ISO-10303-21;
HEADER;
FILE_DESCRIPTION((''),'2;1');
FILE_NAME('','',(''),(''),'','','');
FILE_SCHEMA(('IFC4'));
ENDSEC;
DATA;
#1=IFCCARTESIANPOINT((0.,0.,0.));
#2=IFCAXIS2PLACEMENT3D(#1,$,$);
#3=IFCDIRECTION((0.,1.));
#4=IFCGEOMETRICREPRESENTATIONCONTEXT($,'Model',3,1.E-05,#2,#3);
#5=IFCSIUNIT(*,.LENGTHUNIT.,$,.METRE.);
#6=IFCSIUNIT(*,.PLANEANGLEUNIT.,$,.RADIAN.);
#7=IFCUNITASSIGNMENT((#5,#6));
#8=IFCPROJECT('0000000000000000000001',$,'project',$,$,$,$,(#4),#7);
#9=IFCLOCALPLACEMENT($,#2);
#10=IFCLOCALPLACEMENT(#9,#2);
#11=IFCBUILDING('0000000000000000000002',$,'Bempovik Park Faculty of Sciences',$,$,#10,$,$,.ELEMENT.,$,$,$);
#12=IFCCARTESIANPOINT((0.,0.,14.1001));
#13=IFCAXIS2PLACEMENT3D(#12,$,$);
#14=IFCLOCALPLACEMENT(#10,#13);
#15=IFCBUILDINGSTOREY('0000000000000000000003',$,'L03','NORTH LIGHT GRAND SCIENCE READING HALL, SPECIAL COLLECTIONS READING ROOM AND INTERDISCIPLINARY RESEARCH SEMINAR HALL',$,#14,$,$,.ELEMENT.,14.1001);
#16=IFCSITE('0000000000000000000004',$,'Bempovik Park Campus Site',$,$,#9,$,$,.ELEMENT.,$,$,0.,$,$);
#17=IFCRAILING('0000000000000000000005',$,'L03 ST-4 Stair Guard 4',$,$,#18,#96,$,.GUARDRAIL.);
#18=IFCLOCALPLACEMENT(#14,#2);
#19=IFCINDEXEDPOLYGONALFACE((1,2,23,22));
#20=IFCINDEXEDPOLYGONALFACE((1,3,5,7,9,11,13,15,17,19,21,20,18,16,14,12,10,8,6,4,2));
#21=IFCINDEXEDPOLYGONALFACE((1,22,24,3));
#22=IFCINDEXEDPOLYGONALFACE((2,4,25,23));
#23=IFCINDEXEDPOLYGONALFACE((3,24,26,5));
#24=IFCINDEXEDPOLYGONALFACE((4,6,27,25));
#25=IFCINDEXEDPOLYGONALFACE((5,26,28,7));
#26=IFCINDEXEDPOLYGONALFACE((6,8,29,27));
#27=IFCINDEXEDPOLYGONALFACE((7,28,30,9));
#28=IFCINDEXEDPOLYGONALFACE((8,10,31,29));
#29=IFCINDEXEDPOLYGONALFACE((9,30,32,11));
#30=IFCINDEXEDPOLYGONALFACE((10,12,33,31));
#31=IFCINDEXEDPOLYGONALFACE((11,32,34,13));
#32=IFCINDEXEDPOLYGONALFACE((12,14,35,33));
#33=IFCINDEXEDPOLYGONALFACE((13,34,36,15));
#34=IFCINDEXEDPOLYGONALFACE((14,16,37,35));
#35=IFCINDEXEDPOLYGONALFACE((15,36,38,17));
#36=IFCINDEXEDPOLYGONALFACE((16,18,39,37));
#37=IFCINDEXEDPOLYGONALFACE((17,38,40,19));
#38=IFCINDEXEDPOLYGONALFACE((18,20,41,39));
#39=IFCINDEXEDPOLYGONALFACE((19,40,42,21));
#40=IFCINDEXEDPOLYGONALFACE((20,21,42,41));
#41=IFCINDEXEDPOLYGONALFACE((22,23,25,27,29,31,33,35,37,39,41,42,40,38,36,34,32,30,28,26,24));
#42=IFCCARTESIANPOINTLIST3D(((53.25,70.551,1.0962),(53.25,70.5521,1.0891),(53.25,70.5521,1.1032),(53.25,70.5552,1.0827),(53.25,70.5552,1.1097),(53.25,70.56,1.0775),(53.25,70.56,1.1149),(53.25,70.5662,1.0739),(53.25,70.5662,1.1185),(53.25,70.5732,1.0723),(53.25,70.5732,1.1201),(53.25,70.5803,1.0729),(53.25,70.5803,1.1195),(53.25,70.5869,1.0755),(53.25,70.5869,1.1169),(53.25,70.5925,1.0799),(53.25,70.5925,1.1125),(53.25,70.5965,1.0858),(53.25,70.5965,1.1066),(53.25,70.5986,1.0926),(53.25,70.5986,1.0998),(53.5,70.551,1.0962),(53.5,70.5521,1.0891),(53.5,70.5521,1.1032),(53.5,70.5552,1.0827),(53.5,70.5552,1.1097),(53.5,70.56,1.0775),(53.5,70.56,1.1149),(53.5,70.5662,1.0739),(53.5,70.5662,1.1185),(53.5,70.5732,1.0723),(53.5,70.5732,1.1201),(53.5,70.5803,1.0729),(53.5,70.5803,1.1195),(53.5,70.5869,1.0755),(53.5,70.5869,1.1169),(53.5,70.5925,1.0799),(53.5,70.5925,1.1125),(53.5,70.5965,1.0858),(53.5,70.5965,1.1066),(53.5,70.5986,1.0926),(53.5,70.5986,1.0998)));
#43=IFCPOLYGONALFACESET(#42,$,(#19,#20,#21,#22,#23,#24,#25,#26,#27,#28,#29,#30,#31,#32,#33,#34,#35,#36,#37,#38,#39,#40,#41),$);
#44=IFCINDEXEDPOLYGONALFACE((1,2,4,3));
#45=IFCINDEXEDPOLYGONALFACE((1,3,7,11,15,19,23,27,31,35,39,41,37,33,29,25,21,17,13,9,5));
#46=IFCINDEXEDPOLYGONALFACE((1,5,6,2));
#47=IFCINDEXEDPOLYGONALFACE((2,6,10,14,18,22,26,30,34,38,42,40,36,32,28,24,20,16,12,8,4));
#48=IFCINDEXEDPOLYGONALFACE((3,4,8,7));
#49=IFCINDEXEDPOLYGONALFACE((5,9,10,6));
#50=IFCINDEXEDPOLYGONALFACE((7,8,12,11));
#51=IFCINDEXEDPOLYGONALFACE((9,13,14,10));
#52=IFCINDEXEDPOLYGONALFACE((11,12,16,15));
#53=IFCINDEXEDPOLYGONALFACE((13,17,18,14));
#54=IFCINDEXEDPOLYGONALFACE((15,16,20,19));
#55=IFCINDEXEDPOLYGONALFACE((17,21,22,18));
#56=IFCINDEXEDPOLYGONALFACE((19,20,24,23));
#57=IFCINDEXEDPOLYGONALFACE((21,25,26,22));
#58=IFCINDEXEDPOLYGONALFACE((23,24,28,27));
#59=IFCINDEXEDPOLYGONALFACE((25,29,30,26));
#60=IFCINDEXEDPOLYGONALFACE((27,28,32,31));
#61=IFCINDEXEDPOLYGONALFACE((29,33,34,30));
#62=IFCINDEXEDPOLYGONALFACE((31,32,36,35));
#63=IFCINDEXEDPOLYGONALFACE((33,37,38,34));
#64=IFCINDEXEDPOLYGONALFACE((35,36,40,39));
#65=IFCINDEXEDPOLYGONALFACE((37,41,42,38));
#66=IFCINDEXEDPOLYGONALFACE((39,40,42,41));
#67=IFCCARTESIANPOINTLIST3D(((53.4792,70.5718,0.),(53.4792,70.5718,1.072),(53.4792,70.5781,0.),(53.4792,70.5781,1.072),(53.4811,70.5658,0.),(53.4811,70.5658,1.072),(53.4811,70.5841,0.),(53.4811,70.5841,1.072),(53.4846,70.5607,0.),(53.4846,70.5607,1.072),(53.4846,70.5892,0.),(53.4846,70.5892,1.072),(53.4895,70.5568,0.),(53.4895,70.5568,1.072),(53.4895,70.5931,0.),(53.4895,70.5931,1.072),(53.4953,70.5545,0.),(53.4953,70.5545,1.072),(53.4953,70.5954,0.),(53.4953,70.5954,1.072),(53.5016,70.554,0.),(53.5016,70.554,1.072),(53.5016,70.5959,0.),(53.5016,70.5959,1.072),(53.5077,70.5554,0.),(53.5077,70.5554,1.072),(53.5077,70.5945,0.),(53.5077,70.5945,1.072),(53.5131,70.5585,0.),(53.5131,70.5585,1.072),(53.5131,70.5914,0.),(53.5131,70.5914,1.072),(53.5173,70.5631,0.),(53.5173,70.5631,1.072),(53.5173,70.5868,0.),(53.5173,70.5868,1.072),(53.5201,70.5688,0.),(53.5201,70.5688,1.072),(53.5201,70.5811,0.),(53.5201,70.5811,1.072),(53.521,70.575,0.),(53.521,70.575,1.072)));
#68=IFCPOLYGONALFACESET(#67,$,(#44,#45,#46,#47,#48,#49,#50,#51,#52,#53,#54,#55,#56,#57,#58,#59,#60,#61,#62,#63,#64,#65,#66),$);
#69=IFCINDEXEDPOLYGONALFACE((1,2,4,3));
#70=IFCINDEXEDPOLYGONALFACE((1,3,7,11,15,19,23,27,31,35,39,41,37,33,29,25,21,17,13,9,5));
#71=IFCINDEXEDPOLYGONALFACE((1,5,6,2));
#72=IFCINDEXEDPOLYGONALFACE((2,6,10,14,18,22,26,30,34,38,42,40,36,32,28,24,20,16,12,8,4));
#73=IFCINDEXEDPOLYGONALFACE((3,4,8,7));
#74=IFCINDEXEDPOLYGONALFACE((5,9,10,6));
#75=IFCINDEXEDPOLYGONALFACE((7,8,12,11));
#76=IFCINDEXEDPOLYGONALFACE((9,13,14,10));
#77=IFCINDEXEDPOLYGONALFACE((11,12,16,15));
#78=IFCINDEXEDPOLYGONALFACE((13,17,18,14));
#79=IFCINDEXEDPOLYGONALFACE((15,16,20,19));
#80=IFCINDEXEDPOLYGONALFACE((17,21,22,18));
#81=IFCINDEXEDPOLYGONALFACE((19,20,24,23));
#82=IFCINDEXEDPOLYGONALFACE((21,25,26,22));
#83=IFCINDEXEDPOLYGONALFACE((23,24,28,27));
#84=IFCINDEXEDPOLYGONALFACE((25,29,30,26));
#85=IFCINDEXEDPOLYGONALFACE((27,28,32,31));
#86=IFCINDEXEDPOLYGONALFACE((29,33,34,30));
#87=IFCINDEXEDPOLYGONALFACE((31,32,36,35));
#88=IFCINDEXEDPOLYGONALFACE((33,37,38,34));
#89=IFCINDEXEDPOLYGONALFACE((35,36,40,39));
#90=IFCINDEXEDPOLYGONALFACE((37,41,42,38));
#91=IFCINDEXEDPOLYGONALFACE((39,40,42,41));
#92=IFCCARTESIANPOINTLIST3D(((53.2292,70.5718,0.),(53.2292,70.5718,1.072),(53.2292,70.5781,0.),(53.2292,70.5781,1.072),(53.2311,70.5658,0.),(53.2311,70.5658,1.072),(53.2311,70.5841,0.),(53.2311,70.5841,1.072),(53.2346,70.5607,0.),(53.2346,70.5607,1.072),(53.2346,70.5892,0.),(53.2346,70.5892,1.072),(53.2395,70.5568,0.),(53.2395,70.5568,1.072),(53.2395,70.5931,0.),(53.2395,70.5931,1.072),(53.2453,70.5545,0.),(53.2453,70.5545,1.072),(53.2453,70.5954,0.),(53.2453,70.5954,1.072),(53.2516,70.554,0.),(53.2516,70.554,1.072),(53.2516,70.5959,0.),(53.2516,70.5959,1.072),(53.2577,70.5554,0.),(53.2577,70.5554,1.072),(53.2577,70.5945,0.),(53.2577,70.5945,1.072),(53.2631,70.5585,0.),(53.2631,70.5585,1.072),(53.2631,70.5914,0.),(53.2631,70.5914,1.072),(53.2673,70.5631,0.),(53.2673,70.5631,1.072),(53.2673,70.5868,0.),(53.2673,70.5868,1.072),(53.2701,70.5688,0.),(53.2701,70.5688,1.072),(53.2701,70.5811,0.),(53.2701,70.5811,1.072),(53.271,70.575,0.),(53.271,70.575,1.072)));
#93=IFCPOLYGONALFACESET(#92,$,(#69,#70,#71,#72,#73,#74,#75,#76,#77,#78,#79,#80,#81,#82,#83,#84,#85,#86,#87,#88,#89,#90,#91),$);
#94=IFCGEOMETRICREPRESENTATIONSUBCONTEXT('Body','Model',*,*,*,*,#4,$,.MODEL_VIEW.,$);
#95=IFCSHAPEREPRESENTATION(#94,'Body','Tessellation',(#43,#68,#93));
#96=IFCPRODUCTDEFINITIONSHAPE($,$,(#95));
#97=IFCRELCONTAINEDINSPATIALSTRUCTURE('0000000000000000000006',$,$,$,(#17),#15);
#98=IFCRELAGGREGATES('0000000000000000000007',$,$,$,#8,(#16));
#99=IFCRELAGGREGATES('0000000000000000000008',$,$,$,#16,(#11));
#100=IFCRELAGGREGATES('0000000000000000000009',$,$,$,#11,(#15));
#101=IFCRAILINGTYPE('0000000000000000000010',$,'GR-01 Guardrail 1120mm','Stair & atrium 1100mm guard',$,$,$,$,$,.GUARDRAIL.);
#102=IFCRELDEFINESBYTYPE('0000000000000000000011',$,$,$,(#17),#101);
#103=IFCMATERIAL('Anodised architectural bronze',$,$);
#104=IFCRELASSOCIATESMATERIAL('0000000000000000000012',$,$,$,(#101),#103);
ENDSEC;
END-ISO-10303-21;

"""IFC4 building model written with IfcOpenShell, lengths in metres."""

from ifc_helpers import new_model, si_unit, direction, frame, origin, origin_2d, place, context, subcontext, project, spatial, circle, extrude, material, type_object, element, save


model = new_model("IFC4")

# Units and contexts
model_context = context("Model", 3, precision=1e-05, world=origin(), true_north=direction((0.0, 1.0)))
body_context = subcontext(model_context, "Body", "Model", "MODEL_VIEW")
ifc_project = project(units=[si_unit("LENGTHUNIT", "METRE"), si_unit("PLANEANGLEUNIT", "RADIAN")], contexts=[model_context])

# Site, building, storey
site_placement = place(None, origin())
site = spatial("IfcSite", under=ifc_project, at=site_placement, Name="Bempovik Park Campus Site", CompositionType="ELEMENT", RefElevation=0.0)
building_placement = place(site_placement, origin())
building = spatial("IfcBuilding", under=site, at=building_placement, Name="Bempovik Park Faculty of Sciences", CompositionType="ELEMENT")
storey_placement = place(building_placement, frame((0.0, 0.0, 14.1001)))
storey = spatial("IfcBuildingStorey", under=building, at=storey_placement, Name="L03", Description="NORTH LIGHT GRAND SCIENCE READING HALL, SPECIAL COLLECTIONS READING ROOM AND INTERDISCIPLINARY RESEARCH SEMINAR HALL", CompositionType="ELEMENT", Elevation=14.1001)

# Shared definitions
ifc_material_1 = material(Name="Anodised architectural bronze")

# Railing
railing_type_1 = type_object("IfcRailingType", Name="GR-01 Guardrail 1120mm", Description="Stair & atrium 1100mm guard", PredefinedType="GUARDRAIL", material=ifc_material_1)
railing_1_placement = place(storey_placement, frame((53.5, 70.575, 0.0)))
element("IfcRailing", 1, at=railing_1_placement, inside=storey, type_object=railing_type_1, Name="L03 ST-4 Stair Guard 4", PredefinedType="GUARDRAIL", context=body_context, shape_type="SweptSolid", body=[
    extrude(circle(Radius=0.0239, at=origin_2d()), frame((0.0, 0.0, 1.0962), z_axis=(-1.0, 0.0, 0.0), x_axis=(0.0, -1.0, 0.0)), (0.0, 0.0, 1.0), 0.25),
    extrude(circle(Radius=0.021, at=origin_2d()), origin(), (0.0, 0.0, 1.0), 1.072),
    extrude(circle(Radius=0.021, at=origin_2d()), frame((-0.25, 0.0, 0.0)), (0.0, 0.0, 1.0), 1.072),
])

save(model, "model.ifc")
